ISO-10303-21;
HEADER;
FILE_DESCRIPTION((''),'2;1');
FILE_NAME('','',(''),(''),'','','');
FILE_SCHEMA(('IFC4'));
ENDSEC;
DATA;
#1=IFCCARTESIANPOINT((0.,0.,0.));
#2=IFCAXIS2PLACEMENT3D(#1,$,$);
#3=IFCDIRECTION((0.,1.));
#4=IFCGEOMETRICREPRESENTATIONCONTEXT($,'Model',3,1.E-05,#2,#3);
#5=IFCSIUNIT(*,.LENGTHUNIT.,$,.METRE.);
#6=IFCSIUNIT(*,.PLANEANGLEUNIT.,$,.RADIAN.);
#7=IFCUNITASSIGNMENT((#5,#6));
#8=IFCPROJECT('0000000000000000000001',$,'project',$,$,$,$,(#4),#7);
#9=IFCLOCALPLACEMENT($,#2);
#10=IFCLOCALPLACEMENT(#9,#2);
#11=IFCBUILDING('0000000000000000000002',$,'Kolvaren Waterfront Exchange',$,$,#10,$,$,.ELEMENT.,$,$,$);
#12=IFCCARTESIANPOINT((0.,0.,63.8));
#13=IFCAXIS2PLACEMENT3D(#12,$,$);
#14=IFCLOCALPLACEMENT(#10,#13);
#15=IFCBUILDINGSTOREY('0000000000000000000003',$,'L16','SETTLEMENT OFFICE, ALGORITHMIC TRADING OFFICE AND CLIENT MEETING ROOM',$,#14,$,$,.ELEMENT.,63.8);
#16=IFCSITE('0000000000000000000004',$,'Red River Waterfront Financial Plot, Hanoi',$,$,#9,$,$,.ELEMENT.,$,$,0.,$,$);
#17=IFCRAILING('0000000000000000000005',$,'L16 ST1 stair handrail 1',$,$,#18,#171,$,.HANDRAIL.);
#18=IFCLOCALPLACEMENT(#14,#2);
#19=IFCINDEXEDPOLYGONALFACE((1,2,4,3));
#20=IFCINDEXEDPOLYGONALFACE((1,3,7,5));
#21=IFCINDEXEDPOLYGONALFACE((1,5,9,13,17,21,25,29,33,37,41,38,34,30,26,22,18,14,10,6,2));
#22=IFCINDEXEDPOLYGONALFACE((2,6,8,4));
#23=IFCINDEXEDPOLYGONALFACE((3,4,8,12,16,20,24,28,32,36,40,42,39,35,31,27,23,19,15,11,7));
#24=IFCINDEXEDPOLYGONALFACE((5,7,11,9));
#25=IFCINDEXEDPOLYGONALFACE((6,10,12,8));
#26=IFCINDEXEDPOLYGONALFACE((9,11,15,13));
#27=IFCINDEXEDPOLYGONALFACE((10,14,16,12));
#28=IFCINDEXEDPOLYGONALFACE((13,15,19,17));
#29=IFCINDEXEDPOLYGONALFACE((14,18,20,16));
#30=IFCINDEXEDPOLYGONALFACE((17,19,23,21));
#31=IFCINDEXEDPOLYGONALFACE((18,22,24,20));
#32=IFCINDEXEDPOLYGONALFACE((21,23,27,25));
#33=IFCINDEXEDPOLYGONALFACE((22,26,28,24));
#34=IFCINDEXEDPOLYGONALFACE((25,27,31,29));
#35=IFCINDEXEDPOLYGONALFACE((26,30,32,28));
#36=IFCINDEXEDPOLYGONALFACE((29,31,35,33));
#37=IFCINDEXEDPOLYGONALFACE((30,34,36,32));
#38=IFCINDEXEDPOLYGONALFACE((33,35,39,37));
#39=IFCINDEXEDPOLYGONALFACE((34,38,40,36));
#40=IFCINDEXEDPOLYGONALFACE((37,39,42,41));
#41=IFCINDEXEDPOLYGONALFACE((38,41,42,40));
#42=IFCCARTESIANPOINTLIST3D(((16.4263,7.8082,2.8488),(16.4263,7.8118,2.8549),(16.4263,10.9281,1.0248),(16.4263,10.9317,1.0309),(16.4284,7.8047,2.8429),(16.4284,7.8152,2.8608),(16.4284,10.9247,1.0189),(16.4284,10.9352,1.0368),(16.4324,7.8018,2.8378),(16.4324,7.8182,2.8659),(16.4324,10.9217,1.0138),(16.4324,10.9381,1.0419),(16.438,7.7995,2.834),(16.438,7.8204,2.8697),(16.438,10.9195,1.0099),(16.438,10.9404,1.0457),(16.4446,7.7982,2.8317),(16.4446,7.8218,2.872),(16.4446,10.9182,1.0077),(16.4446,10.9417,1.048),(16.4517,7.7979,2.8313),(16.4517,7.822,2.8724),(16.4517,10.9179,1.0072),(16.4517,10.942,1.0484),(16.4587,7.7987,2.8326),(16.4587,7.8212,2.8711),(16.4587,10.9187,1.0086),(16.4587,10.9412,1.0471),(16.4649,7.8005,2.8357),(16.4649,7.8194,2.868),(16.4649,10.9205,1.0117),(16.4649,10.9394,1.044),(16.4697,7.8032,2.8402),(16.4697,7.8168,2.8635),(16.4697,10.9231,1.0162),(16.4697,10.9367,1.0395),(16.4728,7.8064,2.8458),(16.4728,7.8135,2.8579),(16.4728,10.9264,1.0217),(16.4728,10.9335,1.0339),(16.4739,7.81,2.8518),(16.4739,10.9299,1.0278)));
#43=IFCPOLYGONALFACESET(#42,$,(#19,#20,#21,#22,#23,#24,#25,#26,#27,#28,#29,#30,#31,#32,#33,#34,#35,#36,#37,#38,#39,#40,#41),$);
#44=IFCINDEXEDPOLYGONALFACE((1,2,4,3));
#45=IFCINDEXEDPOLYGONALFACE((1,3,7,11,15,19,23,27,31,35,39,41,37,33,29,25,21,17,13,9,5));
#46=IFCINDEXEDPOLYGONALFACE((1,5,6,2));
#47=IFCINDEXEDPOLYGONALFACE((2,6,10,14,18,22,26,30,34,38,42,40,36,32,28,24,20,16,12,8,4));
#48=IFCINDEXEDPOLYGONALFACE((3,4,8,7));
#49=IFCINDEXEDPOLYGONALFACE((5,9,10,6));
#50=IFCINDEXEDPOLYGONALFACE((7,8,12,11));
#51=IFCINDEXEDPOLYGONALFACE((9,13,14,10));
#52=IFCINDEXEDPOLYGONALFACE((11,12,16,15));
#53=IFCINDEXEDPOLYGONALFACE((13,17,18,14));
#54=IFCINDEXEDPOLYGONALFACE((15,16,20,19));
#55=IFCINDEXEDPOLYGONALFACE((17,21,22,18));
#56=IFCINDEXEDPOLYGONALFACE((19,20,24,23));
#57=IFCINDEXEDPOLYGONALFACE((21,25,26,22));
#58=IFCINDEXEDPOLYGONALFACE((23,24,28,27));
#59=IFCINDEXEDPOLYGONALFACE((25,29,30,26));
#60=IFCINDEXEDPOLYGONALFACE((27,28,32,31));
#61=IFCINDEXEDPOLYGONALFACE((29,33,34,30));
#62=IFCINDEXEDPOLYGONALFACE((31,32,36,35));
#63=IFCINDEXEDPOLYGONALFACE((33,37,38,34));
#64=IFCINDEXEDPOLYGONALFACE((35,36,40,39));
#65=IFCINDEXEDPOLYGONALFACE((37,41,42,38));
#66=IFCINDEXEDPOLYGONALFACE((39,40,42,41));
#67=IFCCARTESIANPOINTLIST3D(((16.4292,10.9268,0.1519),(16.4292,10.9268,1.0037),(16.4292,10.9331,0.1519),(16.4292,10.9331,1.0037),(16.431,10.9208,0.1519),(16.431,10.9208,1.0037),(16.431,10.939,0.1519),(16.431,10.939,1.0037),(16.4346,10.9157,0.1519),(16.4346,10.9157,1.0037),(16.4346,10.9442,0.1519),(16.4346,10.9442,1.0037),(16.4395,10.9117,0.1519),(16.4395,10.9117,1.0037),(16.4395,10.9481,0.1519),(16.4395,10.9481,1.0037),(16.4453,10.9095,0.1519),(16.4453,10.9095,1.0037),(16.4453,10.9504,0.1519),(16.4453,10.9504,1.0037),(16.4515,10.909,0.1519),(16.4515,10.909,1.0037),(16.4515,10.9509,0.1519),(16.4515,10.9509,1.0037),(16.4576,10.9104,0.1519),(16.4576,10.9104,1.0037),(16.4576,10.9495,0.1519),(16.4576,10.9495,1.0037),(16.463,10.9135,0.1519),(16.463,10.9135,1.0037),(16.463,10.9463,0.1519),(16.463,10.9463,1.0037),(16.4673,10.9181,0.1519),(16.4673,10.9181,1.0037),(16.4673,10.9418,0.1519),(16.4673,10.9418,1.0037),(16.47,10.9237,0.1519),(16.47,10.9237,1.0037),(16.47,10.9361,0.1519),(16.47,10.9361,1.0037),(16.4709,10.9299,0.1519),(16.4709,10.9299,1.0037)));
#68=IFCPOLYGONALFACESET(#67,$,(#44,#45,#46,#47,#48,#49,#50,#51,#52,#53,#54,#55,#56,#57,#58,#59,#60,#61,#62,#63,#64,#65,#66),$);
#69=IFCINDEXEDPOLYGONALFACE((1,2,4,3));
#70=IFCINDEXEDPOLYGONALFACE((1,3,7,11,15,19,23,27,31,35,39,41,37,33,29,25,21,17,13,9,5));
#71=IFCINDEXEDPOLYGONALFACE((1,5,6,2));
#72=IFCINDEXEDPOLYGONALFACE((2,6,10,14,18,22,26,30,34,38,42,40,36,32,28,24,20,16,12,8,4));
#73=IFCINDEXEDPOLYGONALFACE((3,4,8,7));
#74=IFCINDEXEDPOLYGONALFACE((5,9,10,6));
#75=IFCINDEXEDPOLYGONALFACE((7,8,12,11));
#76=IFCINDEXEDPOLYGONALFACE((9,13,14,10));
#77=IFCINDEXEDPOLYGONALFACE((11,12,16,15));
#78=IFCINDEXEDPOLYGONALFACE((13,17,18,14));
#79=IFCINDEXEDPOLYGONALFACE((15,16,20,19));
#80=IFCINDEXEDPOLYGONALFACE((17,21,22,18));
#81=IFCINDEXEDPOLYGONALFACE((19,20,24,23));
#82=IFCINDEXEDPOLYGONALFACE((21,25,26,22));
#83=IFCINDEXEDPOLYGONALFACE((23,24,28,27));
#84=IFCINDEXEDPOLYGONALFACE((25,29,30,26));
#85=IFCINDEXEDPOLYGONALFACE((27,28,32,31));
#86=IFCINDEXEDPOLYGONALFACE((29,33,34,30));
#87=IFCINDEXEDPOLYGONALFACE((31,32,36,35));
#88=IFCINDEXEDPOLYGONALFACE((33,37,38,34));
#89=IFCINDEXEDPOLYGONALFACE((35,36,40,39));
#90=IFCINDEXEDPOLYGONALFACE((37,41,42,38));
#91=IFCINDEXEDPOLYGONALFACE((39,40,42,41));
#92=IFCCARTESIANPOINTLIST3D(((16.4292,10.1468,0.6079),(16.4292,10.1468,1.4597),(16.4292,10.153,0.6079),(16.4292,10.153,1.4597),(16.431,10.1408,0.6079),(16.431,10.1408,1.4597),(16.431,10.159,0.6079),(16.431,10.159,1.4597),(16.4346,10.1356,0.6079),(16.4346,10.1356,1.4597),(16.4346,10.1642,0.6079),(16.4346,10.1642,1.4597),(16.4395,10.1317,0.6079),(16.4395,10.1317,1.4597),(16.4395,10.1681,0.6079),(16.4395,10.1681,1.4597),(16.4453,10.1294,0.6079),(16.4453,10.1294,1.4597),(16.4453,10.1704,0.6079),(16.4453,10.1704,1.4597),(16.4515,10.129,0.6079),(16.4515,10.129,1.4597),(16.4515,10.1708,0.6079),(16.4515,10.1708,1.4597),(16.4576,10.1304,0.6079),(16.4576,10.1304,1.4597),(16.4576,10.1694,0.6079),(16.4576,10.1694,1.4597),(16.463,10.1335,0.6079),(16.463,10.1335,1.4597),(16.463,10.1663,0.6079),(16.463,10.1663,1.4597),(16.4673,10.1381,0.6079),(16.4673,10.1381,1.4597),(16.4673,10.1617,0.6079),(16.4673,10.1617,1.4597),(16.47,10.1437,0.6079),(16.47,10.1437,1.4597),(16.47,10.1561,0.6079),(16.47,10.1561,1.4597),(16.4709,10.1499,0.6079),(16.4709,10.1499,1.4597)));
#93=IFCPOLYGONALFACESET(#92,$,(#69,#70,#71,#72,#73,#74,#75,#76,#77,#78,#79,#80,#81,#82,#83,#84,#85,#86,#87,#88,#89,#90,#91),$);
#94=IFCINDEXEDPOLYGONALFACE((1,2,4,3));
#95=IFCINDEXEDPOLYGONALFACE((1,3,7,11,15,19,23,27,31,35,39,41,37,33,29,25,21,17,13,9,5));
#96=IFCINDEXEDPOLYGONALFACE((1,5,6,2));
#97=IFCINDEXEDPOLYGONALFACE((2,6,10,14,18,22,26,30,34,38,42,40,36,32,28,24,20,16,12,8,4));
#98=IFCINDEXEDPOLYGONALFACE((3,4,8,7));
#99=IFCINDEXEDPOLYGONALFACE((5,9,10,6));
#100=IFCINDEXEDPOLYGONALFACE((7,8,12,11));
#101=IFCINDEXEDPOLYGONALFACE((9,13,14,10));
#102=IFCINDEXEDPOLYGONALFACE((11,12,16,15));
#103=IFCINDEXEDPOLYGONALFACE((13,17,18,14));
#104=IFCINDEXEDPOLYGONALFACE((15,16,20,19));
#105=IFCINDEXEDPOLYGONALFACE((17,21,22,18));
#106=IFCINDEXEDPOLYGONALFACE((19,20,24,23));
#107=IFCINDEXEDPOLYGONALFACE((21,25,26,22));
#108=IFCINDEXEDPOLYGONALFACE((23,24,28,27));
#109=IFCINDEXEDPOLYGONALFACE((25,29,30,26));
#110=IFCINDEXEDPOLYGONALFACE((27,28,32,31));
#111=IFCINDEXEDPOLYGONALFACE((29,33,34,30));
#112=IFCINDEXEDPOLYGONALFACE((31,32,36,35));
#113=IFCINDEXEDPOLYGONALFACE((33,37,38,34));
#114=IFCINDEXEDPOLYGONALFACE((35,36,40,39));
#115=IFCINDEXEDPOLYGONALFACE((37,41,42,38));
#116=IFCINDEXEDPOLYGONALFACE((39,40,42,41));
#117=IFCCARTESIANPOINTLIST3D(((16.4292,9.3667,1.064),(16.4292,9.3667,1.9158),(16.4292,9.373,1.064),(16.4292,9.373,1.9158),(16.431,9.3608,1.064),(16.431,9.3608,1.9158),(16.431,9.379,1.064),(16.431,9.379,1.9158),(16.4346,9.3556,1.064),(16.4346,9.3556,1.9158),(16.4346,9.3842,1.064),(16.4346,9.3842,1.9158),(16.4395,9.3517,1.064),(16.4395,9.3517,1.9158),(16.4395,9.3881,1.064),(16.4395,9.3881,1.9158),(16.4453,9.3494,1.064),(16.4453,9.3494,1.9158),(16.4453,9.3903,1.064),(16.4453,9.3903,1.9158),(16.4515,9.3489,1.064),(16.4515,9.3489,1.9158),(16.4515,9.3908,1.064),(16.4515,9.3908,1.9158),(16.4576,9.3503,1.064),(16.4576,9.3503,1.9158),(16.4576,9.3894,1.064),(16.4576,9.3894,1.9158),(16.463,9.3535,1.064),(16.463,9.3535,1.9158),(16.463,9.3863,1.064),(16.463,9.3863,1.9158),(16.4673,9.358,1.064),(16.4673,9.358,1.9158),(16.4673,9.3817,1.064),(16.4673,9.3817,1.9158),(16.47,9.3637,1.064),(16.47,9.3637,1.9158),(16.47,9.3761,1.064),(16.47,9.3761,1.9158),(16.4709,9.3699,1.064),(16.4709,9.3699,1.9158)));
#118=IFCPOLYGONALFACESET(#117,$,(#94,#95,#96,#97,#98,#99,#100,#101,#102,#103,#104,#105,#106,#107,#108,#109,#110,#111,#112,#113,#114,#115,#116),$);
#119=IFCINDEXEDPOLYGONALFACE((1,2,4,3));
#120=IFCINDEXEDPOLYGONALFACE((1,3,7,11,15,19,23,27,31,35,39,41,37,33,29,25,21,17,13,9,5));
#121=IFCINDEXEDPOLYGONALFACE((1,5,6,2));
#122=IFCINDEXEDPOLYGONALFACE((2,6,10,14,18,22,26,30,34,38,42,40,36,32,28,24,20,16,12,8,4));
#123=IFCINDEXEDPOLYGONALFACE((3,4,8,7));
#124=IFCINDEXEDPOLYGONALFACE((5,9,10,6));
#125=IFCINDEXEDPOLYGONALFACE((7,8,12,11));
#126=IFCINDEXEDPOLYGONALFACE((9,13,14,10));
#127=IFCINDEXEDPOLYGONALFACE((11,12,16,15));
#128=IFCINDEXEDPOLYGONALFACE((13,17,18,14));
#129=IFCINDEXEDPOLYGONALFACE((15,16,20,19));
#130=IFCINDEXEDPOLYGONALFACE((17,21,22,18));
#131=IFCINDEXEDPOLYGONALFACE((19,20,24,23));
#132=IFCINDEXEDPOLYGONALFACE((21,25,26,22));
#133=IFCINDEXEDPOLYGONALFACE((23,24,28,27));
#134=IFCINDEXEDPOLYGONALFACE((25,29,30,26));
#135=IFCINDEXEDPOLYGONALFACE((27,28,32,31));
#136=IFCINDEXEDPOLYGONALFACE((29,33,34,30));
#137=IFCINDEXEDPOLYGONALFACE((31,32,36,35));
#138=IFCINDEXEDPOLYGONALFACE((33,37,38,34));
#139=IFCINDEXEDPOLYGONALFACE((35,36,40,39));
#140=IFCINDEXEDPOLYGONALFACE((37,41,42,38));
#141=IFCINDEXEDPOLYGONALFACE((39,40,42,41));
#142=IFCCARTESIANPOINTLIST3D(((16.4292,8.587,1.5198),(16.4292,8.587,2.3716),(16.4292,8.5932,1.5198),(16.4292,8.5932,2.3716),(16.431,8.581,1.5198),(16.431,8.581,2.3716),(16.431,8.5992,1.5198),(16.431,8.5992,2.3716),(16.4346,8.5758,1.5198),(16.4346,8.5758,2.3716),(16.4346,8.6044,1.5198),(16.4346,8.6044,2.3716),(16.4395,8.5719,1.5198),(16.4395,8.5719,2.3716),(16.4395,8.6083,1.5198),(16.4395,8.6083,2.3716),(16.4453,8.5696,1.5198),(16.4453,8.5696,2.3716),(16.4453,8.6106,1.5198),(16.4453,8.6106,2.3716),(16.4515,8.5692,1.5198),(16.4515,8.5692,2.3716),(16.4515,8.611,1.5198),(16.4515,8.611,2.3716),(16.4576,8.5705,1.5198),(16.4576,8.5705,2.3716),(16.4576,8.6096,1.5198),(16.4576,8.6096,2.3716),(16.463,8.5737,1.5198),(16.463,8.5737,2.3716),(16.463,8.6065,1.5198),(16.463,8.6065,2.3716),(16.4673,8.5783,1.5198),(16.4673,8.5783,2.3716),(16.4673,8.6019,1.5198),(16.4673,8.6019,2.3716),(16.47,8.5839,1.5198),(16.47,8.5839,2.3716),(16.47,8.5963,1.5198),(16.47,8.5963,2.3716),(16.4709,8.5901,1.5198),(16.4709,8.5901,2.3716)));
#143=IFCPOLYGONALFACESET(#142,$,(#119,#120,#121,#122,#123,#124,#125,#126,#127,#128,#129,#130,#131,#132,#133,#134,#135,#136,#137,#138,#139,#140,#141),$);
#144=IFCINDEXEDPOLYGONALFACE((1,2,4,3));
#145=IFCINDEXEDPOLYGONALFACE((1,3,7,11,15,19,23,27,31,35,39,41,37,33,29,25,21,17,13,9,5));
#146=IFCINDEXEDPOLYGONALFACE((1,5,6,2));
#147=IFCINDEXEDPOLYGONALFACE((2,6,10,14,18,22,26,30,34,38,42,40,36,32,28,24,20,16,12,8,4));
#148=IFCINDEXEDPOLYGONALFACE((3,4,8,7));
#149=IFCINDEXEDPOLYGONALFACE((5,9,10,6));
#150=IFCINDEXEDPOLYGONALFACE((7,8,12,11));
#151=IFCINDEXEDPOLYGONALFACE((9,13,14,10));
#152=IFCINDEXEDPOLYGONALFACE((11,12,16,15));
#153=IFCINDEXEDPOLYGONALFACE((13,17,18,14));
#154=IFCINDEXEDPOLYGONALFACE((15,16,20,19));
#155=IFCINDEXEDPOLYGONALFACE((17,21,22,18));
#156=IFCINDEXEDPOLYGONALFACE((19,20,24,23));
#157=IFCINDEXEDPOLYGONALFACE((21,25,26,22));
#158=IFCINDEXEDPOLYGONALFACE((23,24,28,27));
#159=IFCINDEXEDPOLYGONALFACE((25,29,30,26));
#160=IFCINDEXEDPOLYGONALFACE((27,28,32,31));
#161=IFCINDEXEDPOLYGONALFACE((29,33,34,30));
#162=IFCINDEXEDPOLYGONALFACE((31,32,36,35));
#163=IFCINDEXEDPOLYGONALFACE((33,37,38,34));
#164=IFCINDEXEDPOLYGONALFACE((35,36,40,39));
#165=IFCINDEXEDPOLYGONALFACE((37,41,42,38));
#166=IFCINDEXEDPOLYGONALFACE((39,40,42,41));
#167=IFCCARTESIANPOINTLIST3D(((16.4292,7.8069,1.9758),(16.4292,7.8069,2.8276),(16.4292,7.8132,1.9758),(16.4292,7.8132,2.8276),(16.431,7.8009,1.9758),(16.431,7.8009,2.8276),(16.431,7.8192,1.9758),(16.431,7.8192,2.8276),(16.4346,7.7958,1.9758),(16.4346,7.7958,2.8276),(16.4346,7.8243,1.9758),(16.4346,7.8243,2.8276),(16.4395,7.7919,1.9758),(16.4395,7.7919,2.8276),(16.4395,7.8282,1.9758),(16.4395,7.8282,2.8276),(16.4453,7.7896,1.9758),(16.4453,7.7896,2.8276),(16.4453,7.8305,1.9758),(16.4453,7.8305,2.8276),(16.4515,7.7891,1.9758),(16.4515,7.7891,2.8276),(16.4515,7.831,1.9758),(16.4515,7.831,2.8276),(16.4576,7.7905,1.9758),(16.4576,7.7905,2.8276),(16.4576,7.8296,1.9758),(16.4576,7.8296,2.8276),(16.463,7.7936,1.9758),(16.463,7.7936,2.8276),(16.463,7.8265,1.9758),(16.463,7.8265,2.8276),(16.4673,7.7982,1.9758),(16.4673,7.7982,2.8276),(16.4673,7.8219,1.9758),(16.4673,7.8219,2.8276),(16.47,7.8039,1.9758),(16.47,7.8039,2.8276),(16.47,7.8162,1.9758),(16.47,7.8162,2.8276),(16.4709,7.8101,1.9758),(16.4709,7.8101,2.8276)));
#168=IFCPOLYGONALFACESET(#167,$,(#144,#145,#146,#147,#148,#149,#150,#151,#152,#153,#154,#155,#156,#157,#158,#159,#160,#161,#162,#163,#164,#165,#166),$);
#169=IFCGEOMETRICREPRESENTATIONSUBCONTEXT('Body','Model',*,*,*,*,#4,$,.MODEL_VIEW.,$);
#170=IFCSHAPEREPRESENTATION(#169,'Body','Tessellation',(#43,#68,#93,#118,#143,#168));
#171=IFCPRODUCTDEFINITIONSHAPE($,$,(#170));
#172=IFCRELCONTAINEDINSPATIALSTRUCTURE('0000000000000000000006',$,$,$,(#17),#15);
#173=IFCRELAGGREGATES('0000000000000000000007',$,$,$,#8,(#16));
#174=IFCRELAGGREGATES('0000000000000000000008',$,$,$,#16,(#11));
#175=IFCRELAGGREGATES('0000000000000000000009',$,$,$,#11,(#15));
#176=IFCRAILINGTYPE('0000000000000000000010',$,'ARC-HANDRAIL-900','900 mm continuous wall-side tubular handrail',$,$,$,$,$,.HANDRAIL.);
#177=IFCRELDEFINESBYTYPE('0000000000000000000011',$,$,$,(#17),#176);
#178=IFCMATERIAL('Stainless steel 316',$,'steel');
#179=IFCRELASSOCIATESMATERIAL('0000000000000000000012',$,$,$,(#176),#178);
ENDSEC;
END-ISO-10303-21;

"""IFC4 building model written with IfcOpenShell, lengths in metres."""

from ifc_helpers import new_model, si_unit, direction, frame, origin, origin_2d, place, context, subcontext, project, spatial, circle, extrude, material, type_object, element, save


model = new_model("IFC4")

# Units and contexts
model_context = context("Model", 3, precision=1e-05, world=origin(), true_north=direction((0.0, 1.0)))
body_context = subcontext(model_context, "Body", "Model", "MODEL_VIEW")
ifc_project = project(units=[si_unit("LENGTHUNIT", "METRE"), si_unit("PLANEANGLEUNIT", "RADIAN")], contexts=[model_context])

# Site, building, storey
site_placement = place(None, origin())
site = spatial("IfcSite", under=ifc_project, at=site_placement, Name="Red River Waterfront Financial Plot, Hanoi", CompositionType="ELEMENT", RefElevation=0.0)
building_placement = place(site_placement, origin())
building = spatial("IfcBuilding", under=site, at=building_placement, Name="Kolvaren Waterfront Exchange", CompositionType="ELEMENT")
storey_placement = place(building_placement, frame((0.0, 0.0, 63.8)))
storey = spatial("IfcBuildingStorey", under=building, at=storey_placement, Name="L16", Description="SETTLEMENT OFFICE, ALGORITHMIC TRADING OFFICE AND CLIENT MEETING ROOM", CompositionType="ELEMENT", Elevation=63.8)

# Railing
ifc_material_1 = material(Name="Stainless steel 316", Category="steel")
railing_type_1 = type_object("IfcRailingType", Name="ARC-HANDRAIL-900", Description="900 mm continuous wall-side tubular handrail", PredefinedType="HANDRAIL", material=ifc_material_1)
railing_1_placement = place(storey_placement, frame((16.45, 10.9299, 0.1519)))
element("IfcRailing", 1, at=railing_1_placement, inside=storey, type_object=railing_type_1, Name="L16 ST1 stair handrail 1", PredefinedType="HANDRAIL", context=body_context, shape_type="SweptSolid", body=[
    extrude(circle(Radius=0.0239, at=origin_2d()), frame((0.0, 0.0, 0.876), z_axis=(0.0, -0.863291, 0.504707), x_axis=(1.0, 0.0, 0.0)), (0.0, 0.0, 1.0), 3.614),
    extrude(circle(Radius=0.021, at=origin_2d()), origin(), (0.0, 0.0, 1.0), 0.8518),
    extrude(circle(Radius=0.021, at=origin_2d()), frame((0.0, -0.78, 0.4561)), (0.0, 0.0, 1.0), 0.8518),
    extrude(circle(Radius=0.021, at=origin_2d()), frame((0.0, -1.5601, 0.9121)), (0.0, 0.0, 1.0), 0.8518),
    extrude(circle(Radius=0.021, at=origin_2d()), frame((0.0, -2.3398, 1.3679)), (0.0, 0.0, 1.0), 0.8518),
    extrude(circle(Radius=0.021, at=origin_2d()), frame((0.0, -3.1199, 1.824)), (0.0, 0.0, 1.0), 0.8518),
])

save(model, "model.ifc")
